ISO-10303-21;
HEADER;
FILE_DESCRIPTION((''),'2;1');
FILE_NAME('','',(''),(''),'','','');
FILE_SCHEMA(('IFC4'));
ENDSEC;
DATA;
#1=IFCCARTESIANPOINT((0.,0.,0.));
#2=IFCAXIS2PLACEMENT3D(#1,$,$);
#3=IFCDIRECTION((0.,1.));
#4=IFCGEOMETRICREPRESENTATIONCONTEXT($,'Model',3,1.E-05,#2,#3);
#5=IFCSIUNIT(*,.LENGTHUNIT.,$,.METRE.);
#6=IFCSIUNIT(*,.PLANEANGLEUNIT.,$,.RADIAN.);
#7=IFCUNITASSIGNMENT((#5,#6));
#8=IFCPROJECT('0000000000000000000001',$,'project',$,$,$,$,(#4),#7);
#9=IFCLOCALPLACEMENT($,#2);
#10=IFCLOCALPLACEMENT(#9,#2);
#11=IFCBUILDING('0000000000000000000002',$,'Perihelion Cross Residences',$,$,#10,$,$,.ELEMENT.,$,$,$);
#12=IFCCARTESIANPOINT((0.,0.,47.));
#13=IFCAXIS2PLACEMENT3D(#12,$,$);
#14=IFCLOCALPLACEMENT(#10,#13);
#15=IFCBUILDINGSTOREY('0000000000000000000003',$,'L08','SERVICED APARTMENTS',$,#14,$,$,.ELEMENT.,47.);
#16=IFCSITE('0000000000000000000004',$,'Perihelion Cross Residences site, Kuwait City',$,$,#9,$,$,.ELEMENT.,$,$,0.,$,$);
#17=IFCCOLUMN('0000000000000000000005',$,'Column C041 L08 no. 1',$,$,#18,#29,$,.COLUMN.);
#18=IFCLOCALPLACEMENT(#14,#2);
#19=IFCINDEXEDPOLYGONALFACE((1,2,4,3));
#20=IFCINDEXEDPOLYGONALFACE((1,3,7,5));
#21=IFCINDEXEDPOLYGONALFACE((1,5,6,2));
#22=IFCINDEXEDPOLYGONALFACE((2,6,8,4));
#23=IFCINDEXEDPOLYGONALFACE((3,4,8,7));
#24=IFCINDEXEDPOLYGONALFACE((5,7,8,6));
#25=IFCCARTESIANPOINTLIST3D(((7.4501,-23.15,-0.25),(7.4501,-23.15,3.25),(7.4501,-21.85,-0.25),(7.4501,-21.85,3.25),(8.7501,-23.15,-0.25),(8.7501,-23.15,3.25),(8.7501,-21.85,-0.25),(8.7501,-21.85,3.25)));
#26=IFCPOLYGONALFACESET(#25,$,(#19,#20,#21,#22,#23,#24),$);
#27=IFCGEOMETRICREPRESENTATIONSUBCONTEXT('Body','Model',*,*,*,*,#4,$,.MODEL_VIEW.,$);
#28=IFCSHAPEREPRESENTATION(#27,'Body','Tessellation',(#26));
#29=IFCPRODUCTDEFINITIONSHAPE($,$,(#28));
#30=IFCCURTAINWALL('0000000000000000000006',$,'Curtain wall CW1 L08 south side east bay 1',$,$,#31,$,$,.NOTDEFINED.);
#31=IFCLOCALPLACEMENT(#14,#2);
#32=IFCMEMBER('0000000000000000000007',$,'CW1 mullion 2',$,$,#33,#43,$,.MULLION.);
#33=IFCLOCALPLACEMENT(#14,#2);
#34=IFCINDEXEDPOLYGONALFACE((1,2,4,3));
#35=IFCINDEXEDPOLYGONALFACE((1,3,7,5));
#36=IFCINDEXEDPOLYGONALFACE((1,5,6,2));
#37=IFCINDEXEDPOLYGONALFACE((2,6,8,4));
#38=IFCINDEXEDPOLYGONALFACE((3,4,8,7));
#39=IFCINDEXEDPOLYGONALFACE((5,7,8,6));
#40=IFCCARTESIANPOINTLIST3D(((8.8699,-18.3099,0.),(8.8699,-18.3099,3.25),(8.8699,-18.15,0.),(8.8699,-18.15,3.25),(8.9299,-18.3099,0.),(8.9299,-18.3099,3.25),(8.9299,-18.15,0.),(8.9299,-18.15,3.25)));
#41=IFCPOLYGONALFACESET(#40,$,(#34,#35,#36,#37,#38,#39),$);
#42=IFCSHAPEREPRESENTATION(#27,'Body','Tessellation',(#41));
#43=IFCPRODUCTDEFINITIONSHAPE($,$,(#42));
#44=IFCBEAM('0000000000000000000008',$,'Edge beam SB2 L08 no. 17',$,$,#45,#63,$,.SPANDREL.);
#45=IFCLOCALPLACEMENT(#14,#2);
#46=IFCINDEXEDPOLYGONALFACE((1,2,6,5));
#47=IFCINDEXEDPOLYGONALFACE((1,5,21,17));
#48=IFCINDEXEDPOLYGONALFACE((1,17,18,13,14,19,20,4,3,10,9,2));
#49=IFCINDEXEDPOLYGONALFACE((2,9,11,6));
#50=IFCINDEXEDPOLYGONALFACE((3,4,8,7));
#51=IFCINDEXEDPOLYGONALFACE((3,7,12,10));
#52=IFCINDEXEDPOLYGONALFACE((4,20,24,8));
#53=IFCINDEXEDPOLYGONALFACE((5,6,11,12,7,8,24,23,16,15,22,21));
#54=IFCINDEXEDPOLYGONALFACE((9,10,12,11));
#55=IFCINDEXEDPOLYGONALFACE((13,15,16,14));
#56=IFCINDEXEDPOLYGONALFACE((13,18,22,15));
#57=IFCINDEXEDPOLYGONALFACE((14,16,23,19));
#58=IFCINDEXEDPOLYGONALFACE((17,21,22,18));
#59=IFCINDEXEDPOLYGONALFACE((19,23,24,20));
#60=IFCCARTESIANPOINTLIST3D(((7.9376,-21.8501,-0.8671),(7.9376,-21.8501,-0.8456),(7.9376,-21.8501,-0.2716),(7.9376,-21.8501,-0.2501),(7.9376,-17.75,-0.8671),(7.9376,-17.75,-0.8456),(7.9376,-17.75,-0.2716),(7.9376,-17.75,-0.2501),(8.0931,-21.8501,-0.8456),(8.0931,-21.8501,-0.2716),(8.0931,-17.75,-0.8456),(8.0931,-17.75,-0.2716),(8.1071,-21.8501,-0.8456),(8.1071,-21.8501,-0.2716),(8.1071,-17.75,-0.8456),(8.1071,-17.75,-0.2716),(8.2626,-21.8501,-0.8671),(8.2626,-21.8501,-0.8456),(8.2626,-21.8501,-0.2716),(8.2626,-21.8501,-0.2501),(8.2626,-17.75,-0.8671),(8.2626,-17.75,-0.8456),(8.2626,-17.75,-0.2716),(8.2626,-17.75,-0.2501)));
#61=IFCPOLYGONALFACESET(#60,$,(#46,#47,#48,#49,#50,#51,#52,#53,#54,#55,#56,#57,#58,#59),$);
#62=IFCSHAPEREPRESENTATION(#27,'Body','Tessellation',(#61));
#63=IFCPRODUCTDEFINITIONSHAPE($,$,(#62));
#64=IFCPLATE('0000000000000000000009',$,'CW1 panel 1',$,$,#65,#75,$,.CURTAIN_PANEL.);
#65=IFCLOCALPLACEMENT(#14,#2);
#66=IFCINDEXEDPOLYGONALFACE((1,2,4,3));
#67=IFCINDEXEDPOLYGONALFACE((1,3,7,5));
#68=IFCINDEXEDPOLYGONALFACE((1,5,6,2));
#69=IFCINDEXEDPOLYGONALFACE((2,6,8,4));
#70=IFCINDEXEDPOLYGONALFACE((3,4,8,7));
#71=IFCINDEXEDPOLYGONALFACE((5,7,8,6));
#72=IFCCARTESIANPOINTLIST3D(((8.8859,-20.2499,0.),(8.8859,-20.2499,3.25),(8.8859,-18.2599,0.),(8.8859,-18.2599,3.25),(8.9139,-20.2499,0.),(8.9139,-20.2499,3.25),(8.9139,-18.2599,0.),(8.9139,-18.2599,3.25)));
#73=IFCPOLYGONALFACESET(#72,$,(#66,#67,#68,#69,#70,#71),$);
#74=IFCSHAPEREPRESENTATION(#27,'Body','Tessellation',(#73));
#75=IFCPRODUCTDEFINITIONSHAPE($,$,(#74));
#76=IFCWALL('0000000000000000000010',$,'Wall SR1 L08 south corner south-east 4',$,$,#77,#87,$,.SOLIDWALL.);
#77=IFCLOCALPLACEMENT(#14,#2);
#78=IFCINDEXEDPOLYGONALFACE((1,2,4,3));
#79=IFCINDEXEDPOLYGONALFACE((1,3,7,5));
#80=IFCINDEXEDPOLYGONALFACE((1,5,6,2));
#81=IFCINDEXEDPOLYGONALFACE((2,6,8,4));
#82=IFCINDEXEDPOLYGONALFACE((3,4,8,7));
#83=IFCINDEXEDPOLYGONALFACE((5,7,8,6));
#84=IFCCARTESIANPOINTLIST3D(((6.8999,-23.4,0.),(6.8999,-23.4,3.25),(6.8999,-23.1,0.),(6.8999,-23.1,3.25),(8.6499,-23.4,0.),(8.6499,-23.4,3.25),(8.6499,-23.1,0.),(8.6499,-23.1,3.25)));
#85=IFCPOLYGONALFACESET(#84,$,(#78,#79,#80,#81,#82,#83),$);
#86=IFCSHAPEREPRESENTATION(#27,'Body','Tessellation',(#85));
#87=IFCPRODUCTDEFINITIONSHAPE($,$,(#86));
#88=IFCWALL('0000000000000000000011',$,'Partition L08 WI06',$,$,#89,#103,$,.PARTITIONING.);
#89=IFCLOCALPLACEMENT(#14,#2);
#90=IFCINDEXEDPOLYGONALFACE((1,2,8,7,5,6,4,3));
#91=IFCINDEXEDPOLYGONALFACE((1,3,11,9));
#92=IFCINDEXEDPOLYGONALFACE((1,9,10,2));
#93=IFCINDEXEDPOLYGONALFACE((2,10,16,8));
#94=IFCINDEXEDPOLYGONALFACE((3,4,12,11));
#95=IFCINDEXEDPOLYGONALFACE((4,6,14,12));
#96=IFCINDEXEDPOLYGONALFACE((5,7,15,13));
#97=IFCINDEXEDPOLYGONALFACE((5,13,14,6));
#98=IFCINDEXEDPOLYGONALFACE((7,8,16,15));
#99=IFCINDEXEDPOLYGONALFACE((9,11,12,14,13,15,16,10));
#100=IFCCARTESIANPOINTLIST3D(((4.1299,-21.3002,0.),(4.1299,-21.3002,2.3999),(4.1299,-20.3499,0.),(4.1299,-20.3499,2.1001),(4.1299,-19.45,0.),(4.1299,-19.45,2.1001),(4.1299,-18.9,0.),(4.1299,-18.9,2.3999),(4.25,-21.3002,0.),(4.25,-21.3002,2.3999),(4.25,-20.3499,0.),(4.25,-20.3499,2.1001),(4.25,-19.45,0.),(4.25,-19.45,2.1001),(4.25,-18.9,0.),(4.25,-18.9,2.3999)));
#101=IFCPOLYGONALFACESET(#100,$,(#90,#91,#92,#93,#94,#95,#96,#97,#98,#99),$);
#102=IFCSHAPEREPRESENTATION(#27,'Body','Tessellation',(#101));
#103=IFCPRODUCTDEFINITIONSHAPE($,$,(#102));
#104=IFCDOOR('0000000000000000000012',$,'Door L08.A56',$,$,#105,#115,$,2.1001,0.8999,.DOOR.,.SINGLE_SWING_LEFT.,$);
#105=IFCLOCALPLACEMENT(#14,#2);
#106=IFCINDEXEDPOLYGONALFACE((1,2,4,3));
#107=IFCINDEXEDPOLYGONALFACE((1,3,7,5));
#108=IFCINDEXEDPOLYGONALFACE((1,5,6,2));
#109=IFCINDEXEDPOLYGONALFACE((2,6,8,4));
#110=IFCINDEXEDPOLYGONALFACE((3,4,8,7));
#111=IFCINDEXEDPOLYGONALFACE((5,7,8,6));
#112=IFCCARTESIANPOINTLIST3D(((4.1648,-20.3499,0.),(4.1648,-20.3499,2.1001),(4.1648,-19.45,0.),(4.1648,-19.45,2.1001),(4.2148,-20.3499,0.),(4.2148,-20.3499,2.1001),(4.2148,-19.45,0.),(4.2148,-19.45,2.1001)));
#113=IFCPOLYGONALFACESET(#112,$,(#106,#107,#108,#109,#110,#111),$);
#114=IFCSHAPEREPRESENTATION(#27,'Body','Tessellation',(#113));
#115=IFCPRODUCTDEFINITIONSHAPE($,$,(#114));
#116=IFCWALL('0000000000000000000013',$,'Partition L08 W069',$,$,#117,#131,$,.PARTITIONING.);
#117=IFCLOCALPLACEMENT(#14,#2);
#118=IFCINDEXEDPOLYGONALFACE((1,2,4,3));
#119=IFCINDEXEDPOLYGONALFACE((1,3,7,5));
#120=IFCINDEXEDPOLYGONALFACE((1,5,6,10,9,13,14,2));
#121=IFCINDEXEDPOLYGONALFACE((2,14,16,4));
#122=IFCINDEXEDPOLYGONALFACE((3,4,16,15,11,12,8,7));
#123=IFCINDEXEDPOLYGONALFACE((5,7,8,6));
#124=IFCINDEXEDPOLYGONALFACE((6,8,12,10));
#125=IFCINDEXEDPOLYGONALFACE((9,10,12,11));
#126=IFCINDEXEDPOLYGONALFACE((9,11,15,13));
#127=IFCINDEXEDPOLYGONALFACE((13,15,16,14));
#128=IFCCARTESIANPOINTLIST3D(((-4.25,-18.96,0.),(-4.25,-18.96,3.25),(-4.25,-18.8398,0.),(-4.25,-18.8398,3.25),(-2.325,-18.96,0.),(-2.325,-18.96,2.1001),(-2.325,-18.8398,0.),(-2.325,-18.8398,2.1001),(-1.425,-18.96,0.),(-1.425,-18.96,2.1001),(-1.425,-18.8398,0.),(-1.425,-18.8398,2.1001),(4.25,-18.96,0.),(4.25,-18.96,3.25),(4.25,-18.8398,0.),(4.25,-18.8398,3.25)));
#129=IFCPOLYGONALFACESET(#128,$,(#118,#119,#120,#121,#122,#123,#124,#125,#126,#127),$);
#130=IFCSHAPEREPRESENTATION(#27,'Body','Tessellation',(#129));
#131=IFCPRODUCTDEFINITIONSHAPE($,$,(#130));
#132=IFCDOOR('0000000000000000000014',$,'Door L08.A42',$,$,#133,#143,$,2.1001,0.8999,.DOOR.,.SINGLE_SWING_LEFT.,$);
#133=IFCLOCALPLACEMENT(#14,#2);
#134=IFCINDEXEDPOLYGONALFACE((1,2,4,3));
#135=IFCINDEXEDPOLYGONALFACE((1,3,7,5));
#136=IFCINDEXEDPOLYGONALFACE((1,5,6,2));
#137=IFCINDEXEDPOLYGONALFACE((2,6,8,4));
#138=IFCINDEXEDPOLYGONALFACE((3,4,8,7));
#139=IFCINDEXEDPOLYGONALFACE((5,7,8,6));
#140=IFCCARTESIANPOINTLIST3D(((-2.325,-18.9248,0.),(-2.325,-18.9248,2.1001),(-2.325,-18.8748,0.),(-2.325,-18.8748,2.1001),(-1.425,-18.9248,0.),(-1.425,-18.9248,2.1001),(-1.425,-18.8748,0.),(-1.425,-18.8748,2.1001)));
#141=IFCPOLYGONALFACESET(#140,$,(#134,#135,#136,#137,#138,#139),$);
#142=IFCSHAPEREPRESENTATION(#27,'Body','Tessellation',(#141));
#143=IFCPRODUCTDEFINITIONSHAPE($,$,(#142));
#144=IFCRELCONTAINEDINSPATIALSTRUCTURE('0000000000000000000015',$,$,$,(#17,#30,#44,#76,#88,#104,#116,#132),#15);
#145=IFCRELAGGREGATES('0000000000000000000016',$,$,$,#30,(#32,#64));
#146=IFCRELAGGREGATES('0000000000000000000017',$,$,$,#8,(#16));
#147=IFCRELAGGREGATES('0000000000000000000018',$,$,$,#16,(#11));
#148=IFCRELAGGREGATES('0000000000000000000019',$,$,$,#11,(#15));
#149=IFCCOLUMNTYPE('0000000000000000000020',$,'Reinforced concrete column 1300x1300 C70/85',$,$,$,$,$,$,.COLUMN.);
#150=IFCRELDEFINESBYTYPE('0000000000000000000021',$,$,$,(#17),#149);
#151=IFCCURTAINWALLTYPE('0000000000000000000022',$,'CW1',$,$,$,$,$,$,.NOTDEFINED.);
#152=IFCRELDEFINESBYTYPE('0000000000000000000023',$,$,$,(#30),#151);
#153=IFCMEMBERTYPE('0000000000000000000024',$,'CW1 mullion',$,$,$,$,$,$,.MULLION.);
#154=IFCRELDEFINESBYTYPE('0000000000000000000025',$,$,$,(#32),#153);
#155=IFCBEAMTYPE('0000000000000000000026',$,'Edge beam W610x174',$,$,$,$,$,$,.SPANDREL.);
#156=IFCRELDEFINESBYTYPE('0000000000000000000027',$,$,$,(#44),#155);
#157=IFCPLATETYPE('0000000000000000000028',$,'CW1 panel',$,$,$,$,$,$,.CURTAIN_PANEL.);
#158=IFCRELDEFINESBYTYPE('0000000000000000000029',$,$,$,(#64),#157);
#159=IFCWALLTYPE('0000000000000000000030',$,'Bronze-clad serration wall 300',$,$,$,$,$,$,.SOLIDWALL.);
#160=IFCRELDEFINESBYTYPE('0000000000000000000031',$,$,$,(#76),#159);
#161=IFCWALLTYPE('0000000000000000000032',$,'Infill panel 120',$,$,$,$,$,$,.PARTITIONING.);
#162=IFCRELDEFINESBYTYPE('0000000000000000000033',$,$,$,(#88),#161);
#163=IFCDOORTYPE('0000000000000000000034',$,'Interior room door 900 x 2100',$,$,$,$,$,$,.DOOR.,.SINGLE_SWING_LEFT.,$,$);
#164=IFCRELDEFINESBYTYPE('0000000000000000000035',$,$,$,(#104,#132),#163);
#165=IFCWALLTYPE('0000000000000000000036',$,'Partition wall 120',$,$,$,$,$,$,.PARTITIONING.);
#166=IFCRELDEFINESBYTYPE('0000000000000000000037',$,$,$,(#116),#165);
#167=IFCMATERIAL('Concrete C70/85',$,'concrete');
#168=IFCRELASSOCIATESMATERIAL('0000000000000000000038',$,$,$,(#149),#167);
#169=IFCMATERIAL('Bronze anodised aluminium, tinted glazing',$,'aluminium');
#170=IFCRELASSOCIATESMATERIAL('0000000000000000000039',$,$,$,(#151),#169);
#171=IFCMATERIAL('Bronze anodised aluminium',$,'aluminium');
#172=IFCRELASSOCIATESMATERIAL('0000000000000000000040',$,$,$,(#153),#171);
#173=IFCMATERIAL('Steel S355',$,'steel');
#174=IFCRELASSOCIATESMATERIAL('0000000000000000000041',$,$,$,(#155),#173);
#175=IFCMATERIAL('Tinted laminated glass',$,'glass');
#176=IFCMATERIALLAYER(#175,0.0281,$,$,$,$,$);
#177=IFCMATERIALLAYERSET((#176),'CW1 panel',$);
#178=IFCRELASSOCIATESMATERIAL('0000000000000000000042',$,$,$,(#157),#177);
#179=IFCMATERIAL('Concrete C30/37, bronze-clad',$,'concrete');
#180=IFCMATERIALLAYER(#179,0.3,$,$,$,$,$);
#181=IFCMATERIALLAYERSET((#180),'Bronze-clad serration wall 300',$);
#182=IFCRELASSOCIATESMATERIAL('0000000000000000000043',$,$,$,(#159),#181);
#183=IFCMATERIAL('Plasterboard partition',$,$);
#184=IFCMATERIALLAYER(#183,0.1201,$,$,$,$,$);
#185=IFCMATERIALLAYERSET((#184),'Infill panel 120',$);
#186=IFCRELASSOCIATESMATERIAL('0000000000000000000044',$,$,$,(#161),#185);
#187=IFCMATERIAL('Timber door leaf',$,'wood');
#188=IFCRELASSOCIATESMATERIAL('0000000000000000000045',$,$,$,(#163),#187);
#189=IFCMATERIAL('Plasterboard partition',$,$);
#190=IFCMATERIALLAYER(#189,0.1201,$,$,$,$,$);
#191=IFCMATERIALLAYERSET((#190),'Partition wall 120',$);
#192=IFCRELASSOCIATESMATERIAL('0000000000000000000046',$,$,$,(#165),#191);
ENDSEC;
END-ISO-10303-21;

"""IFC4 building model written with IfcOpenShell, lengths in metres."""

from ifc_helpers import new_model, si_unit, direction, frame, frame_2d, origin, origin_2d, place, context, subcontext, project, spatial, rectangle, i_section, extrude, material, layer, layer_set, material_profile, profile_set, type_object, element, fill, aggregate, save


model = new_model("IFC4")

# Units and contexts
model_context = context("Model", 3, precision=1e-05, world=origin(), true_north=direction((0.0, 1.0)))
body_context = subcontext(model_context, "Body", "Model", "MODEL_VIEW")
ifc_project = project(units=[si_unit("LENGTHUNIT", "METRE"), si_unit("PLANEANGLEUNIT", "RADIAN")], contexts=[model_context])

# Site, building, storey
site_placement = place(None, origin())
site = spatial("IfcSite", under=ifc_project, at=site_placement, Name="Perihelion Cross Residences site, Kuwait City", CompositionType="ELEMENT", RefElevation=0.0)
building_placement = place(site_placement, origin())
building = spatial("IfcBuilding", under=site, at=building_placement, Name="Perihelion Cross Residences", CompositionType="ELEMENT")
storey_placement = place(building_placement, frame((0.0, 0.0, 47.0)))
storey = spatial("IfcBuildingStorey", under=building, at=storey_placement, Name="L08", Description="SERVICED APARTMENTS", CompositionType="ELEMENT", Elevation=47.0)

# Column
ifc_material_1 = material(Name="Concrete C70/85", Category="concrete")
ifc_material_profile_1 = material_profile(ifc_material_1, rectangle(XDim=1.3, YDim=1.3, at=origin_2d()), Name="RC 1300x1300")
ifc_profile_set_1 = profile_set([ifc_material_profile_1], Name="Concrete C70/85")
column_type = type_object("IfcColumnType", Name="Reinforced concrete column 1300x1300 C70/85", PredefinedType="COLUMN", material=ifc_profile_set_1)
column_placement = place(storey_placement, frame((8.1001, -22.5, -0.25), z_axis=(0.0, 0.0, 1.0), x_axis=(1.0, 0.0, 0.0)))
element("IfcColumn", 1, at=column_placement, inside=storey, type_object=column_type, Name="Column C041 L08 no. 1", PredefinedType="COLUMN", context=body_context, shape_type="SweptSolid", body=[
    extrude(rectangle(XDim=1.3, YDim=1.3, at=origin_2d()), origin(), (0.0, 0.0, 1.0), 3.5),
])

# Curtain wall, member
ifc_material_2 = material(Name="Bronze anodised aluminium, tinted glazing", Category="aluminium")
curtain_wall_type = type_object("IfcCurtainWallType", Name="CW1", PredefinedType="NOTDEFINED", material=ifc_material_2)
curtain_wall_placement = place(storey_placement, origin())
curtain_wall = element("IfcCurtainWall", 2, at=curtain_wall_placement, inside=storey, type_object=curtain_wall_type, Name="Curtain wall CW1 L08 south side east bay 1", PredefinedType="NOTDEFINED")
ifc_material_3 = material(Name="Bronze anodised aluminium", Category="aluminium")
ifc_material_profile_2 = material_profile(ifc_material_3, rectangle(XDim=0.0601, YDim=0.1599, at=origin_2d()), Name="CW1 mullion")
ifc_profile_set_2 = profile_set([ifc_material_profile_2], Name="Bronze anodised aluminium")
member_type = type_object("IfcMemberType", Name="CW1 mullion", PredefinedType="MULLION", material=ifc_profile_set_2)
member_placement = place(storey_placement, frame((8.8999, -18.23, 0.0), z_axis=(0.0, 0.0, 1.0), x_axis=(-1.0, 0.0, 0.0)))
member = element("IfcMember", 3, at=member_placement, type_object=member_type, Name="CW1 mullion 2", PredefinedType="MULLION", context=body_context, shape_type="SweptSolid", body=[
    extrude(rectangle(XDim=0.0601, YDim=0.1599, at=origin_2d()), origin(), (0.0, 0.0, 1.0), 3.25),
])

# Beam
ifc_material_4 = material(Name="Steel S355", Category="steel")
ifc_material_profile_3 = material_profile(ifc_material_4, i_section(OverallWidth=0.325, OverallDepth=0.6169, WebThickness=0.0139, FlangeThickness=0.0215, at=origin_2d()), Name="W610x174")
ifc_profile_set_3 = profile_set([ifc_material_profile_3], Name="Steel S355")
beam_type = type_object("IfcBeamType", Name="Edge beam W610x174", PredefinedType="SPANDREL", material=ifc_profile_set_3)
beam_placement = place(storey_placement, frame((8.1001, -21.8501, -0.5586), z_axis=(0.0, 1.0, 0.0), x_axis=(-1.0, 0.0, 0.0)))
element("IfcBeam", 4, at=beam_placement, inside=storey, type_object=beam_type, Name="Edge beam SB2 L08 no. 17", PredefinedType="SPANDREL", context=body_context, shape_type="SweptSolid", body=[
    extrude(i_section(OverallWidth=0.325, OverallDepth=0.6169, WebThickness=0.0139, FlangeThickness=0.0215, at=origin_2d()), origin(), (0.0, 0.0, 1.0), 4.1001),
])

# Plate
ifc_material_5 = material(Name="Tinted laminated glass", Category="glass")
ifc_layer_1 = layer(ifc_material_5, 0.0281)
ifc_layer_set_1 = layer_set([ifc_layer_1], Name="CW1 panel")
plate_type = type_object("IfcPlateType", Name="CW1 panel", PredefinedType="CURTAIN_PANEL", material=ifc_layer_set_1)
plate_placement = place(storey_placement, frame((8.8999, -19.2549, 0.0), z_axis=(0.0, 0.0, 1.0), x_axis=(0.0, 1.0, 0.0)))
plate = element("IfcPlate", 5, at=plate_placement, type_object=plate_type, Name="CW1 panel 1", PredefinedType="CURTAIN_PANEL", context=body_context, shape_type="SweptSolid", body=[
    extrude(rectangle(XDim=1.99, YDim=0.0281, at=origin_2d()), origin(), (0.0, 0.0, 1.0), 3.25),
])
aggregate(curtain_wall, [member, plate])

# Wall
ifc_material_6 = material(Name="Concrete C30/37, bronze-clad", Category="concrete")
ifc_layer_2 = layer(ifc_material_6, 0.3)
ifc_layer_set_2 = layer_set([ifc_layer_2], Name="Bronze-clad serration wall 300")
wall_type_1 = type_object("IfcWallType", Name="Bronze-clad serration wall 300", PredefinedType="SOLIDWALL", material=ifc_layer_set_2)
wall_1_placement = place(storey_placement, frame((6.8999, -23.25, 0.0), z_axis=(0.0, 0.0, 1.0), x_axis=(1.0, 0.0, 0.0)))
element("IfcWall", 6, at=wall_1_placement, inside=storey, type_object=wall_type_1, Name="Wall SR1 L08 south corner south-east 4", PredefinedType="SOLIDWALL", context=body_context, shape_type="SweptSolid", body=[
    extrude(rectangle(XDim=1.75, YDim=0.3, at=frame_2d((0.875, 0.0))), origin(), (0.0, 0.0, 1.0), 3.25),
])

# Walls, openings, doors
ifc_material_7 = material(Name="Plasterboard partition")
ifc_layer_3 = layer(ifc_material_7, 0.1201)
ifc_layer_set_3 = layer_set([ifc_layer_3], Name="Infill panel 120")
wall_type_2 = type_object("IfcWallType", Name="Infill panel 120", PredefinedType="PARTITIONING", material=ifc_layer_set_3)
wall_2_placement = place(storey_placement, frame((4.1899, -18.8999, 0.0), z_axis=(0.0, 0.0, 1.0), x_axis=(0.0, -1.0, 0.0)))
wall_2 = element("IfcWall", 7, at=wall_2_placement, inside=storey, type_object=wall_type_2, Name="Partition L08 WI06", PredefinedType="PARTITIONING", context=body_context, shape_type="SweptSolid", body=[
    extrude(rectangle(XDim=2.4001, YDim=0.1201, at=frame_2d((1.2002, 0.0))), origin(), (0.0, 0.0, 1.0), 2.3999),
])
opening_1_placement = place(wall_2_placement, frame((0.55, 0.0, 0.0)))
opening_1 = element("IfcOpeningElement", 8, at=opening_1_placement, cuts=wall_2, PredefinedType="OPENING", context=body_context, shape_type="SweptSolid", body=[
    extrude(rectangle(XDim=0.8999, YDim=2.1001, at=frame_2d((0.45, 1.05))), frame((0.0, 0.0701, 0.0), z_axis=(0.0, -1.0, 0.0), x_axis=(1.0, 0.0, 0.0)), (0.0, 0.0, 1.0), 0.1401),
])
ifc_material_8 = material(Name="Timber door leaf", Category="wood")
door_type_1 = type_object("IfcDoorType", Name="Interior room door 900 x 2100", OperationType="SINGLE_SWING_LEFT", PredefinedType="DOOR", material=ifc_material_8)
door_1_placement = place(opening_1_placement, origin())
door_1 = element("IfcDoor", 9, at=door_1_placement, inside=storey, type_object=door_type_1, Name="Door L08.A56", OperationType="SINGLE_SWING_LEFT", OverallHeight=2.1001, OverallWidth=0.8999, PredefinedType="DOOR", context=body_context, shape_type="SweptSolid", body=[
    extrude(rectangle(XDim=0.8999, YDim=2.1001, at=frame_2d((0.45, 1.05))), frame((0.0, 0.0249, 0.0), z_axis=(0.0, -1.0, 0.0), x_axis=(1.0, 0.0, 0.0)), (0.0, 0.0, 1.0), 0.05),
])
fill(opening_1, door_1)
ifc_material_9 = material(Name="Plasterboard partition")
ifc_layer_4 = layer(ifc_material_9, 0.1201)
ifc_layer_set_4 = layer_set([ifc_layer_4], Name="Partition wall 120")
wall_type_3 = type_object("IfcWallType", Name="Partition wall 120", PredefinedType="PARTITIONING", material=ifc_layer_set_4)
wall_3_placement = place(storey_placement, frame((4.25, -18.8999, 0.0), z_axis=(0.0, 0.0, 1.0), x_axis=(-1.0, 0.0, 0.0)))
wall_3 = element("IfcWall", 10, at=wall_3_placement, inside=storey, type_object=wall_type_3, Name="Partition L08 W069", PredefinedType="PARTITIONING", context=body_context, shape_type="SweptSolid", body=[
    extrude(rectangle(XDim=8.5, YDim=0.1201, at=frame_2d((4.25, 0.0))), origin(), (0.0, 0.0, 1.0), 3.25),
])
opening_2_placement = place(wall_3_placement, frame((5.675, 0.0, 0.0)))
opening_2 = element("IfcOpeningElement", 11, at=opening_2_placement, cuts=wall_3, PredefinedType="OPENING", context=body_context, shape_type="SweptSolid", body=[
    extrude(rectangle(XDim=0.8999, YDim=2.1001, at=frame_2d((0.45, 1.05))), frame((0.0, 0.0701, 0.0), z_axis=(0.0, -1.0, 0.0), x_axis=(1.0, 0.0, 0.0)), (0.0, 0.0, 1.0), 0.1401),
])
door_2_placement = place(opening_2_placement, origin())
door_2 = element("IfcDoor", 12, at=door_2_placement, inside=storey, type_object=door_type_1, Name="Door L08.A42", OperationType="SINGLE_SWING_LEFT", OverallHeight=2.1001, OverallWidth=0.8999, PredefinedType="DOOR", context=body_context, shape_type="SweptSolid", body=[
    extrude(rectangle(XDim=0.8999, YDim=2.1001, at=frame_2d((0.45, 1.05))), frame((0.0, 0.0249, 0.0), z_axis=(0.0, -1.0, 0.0), x_axis=(1.0, 0.0, 0.0)), (0.0, 0.0, 1.0), 0.05),
])
fill(opening_2, door_2)

save(model, "model.ifc")
